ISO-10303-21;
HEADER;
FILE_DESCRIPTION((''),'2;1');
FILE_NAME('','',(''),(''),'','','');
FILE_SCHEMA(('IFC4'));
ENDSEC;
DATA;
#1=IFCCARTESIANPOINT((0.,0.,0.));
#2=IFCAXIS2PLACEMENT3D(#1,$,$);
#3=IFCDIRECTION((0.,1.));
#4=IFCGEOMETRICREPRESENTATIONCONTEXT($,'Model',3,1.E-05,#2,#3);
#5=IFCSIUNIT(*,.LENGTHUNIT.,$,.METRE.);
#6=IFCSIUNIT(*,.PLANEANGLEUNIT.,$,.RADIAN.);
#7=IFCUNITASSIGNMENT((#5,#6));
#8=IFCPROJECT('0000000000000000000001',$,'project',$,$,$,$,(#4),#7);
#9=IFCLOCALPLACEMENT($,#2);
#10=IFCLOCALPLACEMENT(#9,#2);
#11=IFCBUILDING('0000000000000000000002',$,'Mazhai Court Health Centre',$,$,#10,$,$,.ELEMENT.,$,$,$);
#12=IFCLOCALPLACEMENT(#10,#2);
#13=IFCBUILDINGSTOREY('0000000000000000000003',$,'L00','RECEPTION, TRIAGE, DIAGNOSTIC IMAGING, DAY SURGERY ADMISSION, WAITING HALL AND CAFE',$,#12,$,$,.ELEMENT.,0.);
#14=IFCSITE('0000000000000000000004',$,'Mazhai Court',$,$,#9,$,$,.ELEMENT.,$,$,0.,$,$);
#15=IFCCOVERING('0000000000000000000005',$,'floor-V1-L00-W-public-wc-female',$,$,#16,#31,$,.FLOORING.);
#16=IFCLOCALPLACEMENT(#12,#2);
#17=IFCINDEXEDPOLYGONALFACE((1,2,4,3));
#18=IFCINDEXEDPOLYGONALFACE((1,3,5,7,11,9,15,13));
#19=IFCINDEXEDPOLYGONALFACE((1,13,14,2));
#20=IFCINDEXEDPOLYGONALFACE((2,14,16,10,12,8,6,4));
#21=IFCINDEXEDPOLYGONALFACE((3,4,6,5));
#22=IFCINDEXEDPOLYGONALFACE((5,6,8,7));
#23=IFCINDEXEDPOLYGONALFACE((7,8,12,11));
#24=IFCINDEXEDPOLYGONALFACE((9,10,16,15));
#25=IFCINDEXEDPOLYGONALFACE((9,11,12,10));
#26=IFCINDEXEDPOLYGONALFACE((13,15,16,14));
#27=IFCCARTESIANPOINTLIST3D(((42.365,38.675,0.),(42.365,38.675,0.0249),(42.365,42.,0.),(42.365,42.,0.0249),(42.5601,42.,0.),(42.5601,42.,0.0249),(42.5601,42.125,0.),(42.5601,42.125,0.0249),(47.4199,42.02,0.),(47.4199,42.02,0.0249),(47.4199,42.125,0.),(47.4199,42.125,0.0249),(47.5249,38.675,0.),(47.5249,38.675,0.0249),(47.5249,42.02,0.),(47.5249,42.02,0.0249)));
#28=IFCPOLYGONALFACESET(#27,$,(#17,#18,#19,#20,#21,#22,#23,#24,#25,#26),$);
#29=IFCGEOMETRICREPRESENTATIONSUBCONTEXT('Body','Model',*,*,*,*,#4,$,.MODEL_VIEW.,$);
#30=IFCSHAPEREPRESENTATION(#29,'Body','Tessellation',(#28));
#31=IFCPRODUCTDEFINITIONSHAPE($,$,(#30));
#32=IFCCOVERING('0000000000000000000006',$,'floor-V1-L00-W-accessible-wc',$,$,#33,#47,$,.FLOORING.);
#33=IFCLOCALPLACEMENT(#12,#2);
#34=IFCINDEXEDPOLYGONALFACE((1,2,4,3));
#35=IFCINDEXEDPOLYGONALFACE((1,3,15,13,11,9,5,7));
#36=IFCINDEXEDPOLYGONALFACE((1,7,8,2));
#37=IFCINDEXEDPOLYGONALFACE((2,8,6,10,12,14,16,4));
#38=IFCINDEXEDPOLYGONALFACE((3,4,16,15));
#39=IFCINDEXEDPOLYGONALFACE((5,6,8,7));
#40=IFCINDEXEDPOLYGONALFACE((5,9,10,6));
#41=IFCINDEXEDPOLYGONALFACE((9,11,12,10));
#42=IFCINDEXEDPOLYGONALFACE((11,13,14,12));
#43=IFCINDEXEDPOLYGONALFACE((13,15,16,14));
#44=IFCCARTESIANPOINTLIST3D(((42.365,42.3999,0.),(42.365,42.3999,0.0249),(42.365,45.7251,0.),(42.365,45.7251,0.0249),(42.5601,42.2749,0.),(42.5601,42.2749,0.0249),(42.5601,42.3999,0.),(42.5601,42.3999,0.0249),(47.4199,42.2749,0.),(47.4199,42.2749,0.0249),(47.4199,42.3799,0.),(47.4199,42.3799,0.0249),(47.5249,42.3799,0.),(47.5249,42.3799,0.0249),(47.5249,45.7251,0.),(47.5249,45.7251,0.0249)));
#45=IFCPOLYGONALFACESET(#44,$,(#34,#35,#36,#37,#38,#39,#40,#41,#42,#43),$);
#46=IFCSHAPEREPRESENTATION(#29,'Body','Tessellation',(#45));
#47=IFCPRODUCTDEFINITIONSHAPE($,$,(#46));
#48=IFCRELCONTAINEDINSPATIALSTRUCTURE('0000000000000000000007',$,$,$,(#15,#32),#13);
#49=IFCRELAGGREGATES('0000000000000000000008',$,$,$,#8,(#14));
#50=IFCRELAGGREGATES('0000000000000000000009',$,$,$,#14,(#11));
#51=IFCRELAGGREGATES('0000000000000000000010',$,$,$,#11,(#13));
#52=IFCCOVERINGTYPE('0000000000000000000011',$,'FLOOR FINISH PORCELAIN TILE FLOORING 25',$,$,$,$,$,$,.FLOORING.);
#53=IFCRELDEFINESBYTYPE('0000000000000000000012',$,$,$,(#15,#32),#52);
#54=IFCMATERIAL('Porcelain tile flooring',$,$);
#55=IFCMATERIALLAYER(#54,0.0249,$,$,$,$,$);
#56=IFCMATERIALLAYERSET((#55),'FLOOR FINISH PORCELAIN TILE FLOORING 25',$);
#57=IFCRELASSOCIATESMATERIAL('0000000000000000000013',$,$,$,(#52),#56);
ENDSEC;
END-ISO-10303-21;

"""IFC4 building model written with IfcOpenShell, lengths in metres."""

from ifc_helpers import new_model, si_unit, direction, origin, place, context, subcontext, project, spatial, polyline, outline, extrude, material, layer, layer_set, type_object, element, save


model = new_model("IFC4")

# Units and contexts
model_context = context("Model", 3, precision=1e-05, world=origin(), true_north=direction((0.0, 1.0)))
body_context = subcontext(model_context, "Body", "Model", "MODEL_VIEW")
ifc_project = project(units=[si_unit("LENGTHUNIT", "METRE"), si_unit("PLANEANGLEUNIT", "RADIAN")], contexts=[model_context])

# Site, building, storey
site_placement = place(None, origin())
site = spatial("IfcSite", under=ifc_project, at=site_placement, Name="Mazhai Court", CompositionType="ELEMENT", RefElevation=0.0)
building_placement = place(site_placement, origin())
building = spatial("IfcBuilding", under=site, at=building_placement, Name="Mazhai Court Health Centre", CompositionType="ELEMENT")
storey_placement = place(building_placement, origin())
storey = spatial("IfcBuildingStorey", under=building, at=storey_placement, Name="L00", Description="RECEPTION, TRIAGE, DIAGNOSTIC IMAGING, DAY SURGERY ADMISSION, WAITING HALL AND CAFE", CompositionType="ELEMENT", Elevation=0.0)

# Coverings
ifc_material_1 = material(Name="Porcelain tile flooring")
ifc_layer_1 = layer(ifc_material_1, 0.0249)
ifc_layer_set_1 = layer_set([ifc_layer_1], Name="FLOOR FINISH PORCELAIN TILE FLOORING 25")
covering_type_1 = type_object("IfcCoveringType", Name="FLOOR FINISH PORCELAIN TILE FLOORING 25", PredefinedType="FLOORING", material=ifc_layer_set_1)
covering_1_placement = place(storey_placement, origin())
element("IfcCovering", 1, at=covering_1_placement, inside=storey, type_object=covering_type_1, Name="floor-V1-L00-W-public-wc-female", PredefinedType="FLOORING", context=body_context, shape_type="SweptSolid", body=[
    extrude(outline(polyline([(47.5249, 42.02), (47.4199, 42.02), (47.4199, 42.125), (42.5601, 42.125), (42.5601, 42.0), (42.365, 42.0), (42.365, 38.675), (47.5249, 38.675), (47.5249, 42.02)])), origin(), (0.0, 0.0, 1.0), 0.0249),
])
covering_2_placement = place(storey_placement, origin())
element("IfcCovering", 2, at=covering_2_placement, inside=storey, type_object=covering_type_1, Name="floor-V1-L00-W-accessible-wc", PredefinedType="FLOORING", context=body_context, shape_type="SweptSolid", body=[
    extrude(outline(polyline([(42.365, 42.3999), (42.5601, 42.3999), (42.5601, 42.2749), (47.4199, 42.2749), (47.4199, 42.3799), (47.5249, 42.3799), (47.5249, 45.7251), (42.365, 45.7251), (42.365, 42.3999)])), origin(), (0.0, 0.0, 1.0), 0.0249),
])

save(model, "model.ifc")
